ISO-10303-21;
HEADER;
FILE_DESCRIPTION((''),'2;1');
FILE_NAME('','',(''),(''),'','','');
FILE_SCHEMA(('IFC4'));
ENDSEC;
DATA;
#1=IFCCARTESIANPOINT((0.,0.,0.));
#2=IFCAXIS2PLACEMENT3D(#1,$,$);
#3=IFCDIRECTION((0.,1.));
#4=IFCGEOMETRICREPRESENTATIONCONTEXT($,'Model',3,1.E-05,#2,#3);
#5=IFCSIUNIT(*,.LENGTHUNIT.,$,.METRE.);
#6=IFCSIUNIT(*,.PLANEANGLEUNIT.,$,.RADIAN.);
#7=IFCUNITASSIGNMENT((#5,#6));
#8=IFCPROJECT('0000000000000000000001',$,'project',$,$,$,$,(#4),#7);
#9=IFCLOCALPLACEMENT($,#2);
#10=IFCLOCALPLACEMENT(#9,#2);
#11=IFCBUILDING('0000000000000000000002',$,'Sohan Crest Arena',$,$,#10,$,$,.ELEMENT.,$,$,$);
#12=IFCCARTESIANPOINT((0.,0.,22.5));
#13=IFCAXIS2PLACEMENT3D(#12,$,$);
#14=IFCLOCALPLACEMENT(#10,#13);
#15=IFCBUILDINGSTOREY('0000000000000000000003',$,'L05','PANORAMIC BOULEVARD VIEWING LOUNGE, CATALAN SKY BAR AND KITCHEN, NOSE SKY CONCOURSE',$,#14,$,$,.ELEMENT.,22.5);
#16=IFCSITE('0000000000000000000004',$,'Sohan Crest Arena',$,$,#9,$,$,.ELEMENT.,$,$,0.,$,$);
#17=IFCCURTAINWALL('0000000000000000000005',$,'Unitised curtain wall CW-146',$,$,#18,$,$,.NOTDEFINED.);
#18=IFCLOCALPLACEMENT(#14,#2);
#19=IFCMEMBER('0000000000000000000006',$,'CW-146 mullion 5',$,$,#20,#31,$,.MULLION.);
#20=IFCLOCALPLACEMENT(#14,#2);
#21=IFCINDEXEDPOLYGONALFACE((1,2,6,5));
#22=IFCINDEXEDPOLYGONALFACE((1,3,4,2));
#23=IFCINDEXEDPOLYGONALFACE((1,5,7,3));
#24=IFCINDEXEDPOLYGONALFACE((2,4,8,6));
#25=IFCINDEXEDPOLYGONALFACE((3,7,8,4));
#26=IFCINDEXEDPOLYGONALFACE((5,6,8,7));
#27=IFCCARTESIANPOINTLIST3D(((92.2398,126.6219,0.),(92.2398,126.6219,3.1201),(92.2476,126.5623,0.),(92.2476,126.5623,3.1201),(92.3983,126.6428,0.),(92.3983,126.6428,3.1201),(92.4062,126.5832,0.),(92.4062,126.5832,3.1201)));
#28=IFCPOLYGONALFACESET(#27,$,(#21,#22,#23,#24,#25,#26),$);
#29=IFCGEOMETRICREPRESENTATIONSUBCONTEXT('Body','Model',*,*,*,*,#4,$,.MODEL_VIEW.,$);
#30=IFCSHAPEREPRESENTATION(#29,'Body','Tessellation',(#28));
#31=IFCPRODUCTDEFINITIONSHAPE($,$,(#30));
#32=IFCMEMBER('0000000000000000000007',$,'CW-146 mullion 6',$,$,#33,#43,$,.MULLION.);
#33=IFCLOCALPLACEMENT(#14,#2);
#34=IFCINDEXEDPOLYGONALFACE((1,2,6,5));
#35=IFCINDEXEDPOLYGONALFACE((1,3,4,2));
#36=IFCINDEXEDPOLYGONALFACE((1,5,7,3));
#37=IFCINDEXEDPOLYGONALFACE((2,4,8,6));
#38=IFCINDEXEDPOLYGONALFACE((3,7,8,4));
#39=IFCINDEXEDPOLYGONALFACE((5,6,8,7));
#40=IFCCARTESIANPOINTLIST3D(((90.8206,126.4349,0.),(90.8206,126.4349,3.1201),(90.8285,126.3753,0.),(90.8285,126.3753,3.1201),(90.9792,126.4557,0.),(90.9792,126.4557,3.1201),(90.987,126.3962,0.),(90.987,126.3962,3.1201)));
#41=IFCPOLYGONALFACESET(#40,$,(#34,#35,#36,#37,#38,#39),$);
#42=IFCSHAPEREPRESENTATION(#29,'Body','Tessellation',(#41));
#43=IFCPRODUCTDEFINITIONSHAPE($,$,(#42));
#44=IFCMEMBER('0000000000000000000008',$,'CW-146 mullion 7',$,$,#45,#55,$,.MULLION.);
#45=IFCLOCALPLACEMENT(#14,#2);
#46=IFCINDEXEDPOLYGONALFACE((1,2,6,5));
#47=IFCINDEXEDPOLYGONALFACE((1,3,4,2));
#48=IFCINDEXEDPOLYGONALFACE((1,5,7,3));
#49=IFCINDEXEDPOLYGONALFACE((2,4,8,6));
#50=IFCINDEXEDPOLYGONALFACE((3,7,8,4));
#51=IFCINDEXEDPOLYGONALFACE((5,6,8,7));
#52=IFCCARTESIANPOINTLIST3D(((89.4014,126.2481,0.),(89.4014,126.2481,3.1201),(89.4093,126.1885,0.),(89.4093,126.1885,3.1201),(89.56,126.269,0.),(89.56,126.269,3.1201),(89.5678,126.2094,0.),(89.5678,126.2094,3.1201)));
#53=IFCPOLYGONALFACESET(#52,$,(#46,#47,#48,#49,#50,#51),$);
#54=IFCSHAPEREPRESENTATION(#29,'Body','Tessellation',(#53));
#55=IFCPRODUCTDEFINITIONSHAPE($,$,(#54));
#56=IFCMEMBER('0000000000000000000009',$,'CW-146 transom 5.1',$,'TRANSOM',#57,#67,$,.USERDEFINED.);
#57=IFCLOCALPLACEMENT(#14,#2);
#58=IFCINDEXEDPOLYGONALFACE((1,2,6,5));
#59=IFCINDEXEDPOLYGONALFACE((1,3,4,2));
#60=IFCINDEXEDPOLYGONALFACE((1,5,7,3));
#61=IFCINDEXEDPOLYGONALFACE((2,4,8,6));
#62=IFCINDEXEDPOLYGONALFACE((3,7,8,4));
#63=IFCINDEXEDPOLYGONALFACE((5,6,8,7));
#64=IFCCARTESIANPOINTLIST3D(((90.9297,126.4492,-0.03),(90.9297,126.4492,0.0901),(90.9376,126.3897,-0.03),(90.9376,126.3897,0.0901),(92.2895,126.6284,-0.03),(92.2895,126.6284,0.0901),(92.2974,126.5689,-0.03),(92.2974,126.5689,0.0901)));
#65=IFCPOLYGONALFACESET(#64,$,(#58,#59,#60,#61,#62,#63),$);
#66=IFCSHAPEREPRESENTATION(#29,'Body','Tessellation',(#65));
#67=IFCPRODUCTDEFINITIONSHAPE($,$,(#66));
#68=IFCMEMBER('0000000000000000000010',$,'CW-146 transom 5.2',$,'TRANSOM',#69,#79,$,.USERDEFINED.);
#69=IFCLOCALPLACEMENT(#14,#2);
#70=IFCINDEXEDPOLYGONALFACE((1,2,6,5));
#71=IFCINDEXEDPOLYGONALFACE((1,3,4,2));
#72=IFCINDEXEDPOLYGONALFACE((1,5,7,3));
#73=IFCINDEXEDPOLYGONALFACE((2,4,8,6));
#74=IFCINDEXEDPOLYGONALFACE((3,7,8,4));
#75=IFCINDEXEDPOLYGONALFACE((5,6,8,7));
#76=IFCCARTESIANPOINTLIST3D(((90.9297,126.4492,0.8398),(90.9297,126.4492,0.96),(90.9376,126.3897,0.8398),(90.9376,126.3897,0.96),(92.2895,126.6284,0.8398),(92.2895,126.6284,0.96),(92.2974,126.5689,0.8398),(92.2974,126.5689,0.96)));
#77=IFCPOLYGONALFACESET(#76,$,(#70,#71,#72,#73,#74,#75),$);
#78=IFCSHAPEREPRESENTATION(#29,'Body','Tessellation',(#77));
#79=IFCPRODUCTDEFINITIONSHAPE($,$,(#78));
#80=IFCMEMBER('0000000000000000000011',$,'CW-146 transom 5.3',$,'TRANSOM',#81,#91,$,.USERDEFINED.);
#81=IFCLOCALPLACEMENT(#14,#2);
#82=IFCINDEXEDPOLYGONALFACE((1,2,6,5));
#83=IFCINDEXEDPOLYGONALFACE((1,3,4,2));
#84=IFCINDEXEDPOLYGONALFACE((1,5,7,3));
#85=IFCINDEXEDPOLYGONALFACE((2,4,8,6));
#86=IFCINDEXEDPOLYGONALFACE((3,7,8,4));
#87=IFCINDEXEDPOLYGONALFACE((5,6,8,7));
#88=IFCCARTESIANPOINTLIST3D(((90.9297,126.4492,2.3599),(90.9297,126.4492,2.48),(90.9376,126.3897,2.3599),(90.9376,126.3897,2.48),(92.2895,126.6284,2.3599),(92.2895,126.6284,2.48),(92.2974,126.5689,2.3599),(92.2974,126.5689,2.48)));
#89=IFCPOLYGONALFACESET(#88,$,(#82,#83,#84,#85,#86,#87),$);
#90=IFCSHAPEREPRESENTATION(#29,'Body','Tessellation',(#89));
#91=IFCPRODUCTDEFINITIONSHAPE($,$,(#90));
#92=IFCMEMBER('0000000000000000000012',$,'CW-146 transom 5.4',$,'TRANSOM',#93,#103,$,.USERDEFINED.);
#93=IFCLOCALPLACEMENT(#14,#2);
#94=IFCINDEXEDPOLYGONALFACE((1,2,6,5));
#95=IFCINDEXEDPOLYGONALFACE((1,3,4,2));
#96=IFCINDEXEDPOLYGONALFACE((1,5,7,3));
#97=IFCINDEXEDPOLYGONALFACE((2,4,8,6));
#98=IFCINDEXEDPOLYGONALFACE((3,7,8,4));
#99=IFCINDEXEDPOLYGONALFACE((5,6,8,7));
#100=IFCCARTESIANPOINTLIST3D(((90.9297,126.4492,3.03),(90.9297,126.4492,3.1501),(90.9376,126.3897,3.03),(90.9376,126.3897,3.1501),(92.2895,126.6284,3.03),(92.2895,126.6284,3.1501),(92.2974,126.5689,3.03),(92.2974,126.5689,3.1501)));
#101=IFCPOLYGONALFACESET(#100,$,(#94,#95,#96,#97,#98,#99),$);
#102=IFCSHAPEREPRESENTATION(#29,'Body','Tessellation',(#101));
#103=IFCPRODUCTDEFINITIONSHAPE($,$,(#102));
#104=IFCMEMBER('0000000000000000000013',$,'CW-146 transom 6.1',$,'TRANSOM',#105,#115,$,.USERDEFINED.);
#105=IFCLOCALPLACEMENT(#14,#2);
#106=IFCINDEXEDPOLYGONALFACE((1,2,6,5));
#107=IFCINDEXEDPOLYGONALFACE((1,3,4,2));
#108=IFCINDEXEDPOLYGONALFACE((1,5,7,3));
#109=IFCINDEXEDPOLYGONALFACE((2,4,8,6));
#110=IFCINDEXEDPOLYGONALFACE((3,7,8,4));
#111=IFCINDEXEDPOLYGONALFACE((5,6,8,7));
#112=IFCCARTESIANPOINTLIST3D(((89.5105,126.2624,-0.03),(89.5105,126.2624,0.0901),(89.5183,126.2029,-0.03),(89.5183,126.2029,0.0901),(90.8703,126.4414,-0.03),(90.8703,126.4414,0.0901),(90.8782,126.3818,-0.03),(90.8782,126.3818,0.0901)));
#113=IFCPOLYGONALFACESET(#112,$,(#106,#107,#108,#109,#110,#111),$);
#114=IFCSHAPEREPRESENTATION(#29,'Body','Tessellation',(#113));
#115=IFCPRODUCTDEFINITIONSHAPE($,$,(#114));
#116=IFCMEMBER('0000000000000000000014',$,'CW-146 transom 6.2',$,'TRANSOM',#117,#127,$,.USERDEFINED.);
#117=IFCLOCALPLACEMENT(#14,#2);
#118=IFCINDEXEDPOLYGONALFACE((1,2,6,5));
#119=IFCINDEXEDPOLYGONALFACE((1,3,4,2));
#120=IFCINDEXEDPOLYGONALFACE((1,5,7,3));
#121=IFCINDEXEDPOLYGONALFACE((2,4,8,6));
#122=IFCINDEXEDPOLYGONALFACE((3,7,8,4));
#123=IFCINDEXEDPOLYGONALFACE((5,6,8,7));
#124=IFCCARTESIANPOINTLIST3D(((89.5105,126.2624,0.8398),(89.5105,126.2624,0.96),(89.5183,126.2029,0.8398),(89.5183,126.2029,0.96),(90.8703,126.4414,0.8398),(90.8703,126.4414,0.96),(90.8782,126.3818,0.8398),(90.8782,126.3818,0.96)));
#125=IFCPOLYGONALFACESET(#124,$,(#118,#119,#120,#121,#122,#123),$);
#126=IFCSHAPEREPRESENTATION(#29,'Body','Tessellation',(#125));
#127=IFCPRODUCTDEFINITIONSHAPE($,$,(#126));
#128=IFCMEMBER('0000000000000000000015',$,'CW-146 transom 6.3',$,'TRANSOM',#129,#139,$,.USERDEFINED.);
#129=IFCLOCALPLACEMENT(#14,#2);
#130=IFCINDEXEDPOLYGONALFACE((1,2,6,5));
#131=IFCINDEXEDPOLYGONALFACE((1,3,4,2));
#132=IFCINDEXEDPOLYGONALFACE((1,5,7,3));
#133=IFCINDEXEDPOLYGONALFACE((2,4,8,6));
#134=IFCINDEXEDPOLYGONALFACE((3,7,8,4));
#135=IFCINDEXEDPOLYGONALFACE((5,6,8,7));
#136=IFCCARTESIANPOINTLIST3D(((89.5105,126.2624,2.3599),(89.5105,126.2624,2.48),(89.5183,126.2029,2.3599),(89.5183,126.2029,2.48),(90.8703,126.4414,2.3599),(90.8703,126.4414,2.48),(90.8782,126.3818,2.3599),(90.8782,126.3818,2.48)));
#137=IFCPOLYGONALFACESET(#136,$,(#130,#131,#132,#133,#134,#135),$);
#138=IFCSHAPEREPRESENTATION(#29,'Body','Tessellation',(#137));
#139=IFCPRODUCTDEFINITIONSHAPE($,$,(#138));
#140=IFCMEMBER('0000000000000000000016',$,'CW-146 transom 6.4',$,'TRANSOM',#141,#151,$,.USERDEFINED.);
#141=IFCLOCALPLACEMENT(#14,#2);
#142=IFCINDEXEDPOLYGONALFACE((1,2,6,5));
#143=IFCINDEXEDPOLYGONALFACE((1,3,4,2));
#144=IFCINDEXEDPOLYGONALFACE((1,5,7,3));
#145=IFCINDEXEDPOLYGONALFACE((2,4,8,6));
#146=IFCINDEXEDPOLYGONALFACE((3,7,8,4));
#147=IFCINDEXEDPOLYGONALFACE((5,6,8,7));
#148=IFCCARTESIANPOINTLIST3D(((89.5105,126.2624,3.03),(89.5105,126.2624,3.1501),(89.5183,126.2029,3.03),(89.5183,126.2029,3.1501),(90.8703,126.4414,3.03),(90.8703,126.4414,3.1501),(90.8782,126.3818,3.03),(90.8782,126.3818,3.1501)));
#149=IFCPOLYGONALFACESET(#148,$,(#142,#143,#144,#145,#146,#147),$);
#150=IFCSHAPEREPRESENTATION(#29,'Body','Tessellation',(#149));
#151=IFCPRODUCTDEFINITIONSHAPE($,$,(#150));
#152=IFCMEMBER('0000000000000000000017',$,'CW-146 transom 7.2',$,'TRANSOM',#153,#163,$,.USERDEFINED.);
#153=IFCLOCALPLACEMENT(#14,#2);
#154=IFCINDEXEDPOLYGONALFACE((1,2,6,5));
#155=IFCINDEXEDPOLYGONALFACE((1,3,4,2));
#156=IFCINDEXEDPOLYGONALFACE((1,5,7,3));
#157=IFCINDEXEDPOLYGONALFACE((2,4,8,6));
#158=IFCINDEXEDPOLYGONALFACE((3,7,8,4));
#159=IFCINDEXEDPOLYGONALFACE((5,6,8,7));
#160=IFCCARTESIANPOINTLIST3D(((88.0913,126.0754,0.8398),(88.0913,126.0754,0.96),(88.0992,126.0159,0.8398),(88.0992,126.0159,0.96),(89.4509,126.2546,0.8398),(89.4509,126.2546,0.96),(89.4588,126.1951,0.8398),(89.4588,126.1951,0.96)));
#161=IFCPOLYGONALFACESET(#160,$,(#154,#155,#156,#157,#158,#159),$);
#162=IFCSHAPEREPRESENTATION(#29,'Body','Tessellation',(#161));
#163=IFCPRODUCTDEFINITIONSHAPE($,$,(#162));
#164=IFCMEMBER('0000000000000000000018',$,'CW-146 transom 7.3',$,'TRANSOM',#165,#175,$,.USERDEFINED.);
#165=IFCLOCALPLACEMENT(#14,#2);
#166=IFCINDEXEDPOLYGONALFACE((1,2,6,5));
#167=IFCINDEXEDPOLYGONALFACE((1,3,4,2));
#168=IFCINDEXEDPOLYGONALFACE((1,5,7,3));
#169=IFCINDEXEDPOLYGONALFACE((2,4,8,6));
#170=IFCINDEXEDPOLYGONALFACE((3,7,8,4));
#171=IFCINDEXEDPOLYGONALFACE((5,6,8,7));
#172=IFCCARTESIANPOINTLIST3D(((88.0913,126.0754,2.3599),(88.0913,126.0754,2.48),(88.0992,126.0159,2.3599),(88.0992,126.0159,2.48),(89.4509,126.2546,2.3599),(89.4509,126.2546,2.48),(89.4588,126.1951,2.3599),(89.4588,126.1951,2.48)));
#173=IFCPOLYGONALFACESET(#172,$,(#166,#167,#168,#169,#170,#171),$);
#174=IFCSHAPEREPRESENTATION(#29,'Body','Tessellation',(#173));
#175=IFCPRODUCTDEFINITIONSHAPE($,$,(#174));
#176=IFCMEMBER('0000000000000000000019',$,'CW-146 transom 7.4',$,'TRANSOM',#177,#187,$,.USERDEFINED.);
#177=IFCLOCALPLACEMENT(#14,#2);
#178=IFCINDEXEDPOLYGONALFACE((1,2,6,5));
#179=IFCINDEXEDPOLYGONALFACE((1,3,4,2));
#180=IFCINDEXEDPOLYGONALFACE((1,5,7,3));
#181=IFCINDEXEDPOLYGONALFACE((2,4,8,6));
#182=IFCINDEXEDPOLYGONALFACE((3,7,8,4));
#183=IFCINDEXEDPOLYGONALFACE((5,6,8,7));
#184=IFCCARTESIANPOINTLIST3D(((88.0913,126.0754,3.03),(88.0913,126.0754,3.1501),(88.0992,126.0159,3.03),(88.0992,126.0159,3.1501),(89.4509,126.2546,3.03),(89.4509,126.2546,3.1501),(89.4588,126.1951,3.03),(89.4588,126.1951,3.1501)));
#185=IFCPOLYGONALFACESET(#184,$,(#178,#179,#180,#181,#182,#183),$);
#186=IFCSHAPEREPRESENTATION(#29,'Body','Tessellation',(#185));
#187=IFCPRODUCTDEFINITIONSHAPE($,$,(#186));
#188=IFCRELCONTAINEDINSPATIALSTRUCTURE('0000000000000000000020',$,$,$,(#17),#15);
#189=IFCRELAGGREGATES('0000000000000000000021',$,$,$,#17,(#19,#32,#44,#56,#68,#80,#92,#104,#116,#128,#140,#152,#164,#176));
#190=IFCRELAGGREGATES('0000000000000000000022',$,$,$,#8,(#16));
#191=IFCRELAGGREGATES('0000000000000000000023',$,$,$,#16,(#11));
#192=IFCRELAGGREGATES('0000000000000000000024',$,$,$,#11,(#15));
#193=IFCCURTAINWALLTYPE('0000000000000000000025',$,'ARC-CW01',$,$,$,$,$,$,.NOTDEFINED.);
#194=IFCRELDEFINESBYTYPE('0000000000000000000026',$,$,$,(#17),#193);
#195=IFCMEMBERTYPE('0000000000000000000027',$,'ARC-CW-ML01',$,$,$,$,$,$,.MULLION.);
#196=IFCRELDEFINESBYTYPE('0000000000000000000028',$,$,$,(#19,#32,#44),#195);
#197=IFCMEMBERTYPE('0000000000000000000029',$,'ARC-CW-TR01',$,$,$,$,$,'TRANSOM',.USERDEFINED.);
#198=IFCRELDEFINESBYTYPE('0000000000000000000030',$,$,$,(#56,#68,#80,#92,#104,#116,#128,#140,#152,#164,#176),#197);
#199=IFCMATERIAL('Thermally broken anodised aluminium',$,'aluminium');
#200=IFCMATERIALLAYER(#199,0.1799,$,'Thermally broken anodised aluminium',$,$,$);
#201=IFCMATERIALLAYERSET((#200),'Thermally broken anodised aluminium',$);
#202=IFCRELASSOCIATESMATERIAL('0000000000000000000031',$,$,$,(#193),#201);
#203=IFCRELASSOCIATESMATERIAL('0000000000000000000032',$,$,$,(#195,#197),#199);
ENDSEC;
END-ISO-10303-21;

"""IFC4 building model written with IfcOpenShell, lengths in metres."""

from ifc_helpers import new_model, si_unit, direction, frame, origin, origin_2d, place, context, subcontext, project, spatial, rectangle, extrude, material, layer, layer_set, material_profile, profile_set, type_object, element, aggregate, save


model = new_model("IFC4")

# Units and contexts
model_context = context("Model", 3, precision=1e-05, world=origin(), true_north=direction((0.0, 1.0)))
body_context = subcontext(model_context, "Body", "Model", "MODEL_VIEW")
ifc_project = project(units=[si_unit("LENGTHUNIT", "METRE"), si_unit("PLANEANGLEUNIT", "RADIAN")], contexts=[model_context])

# Site, building, storey
site_placement = place(None, origin())
site = spatial("IfcSite", under=ifc_project, at=site_placement, Name="Sohan Crest Arena", CompositionType="ELEMENT", RefElevation=0.0)
building_placement = place(site_placement, origin())
building = spatial("IfcBuilding", under=site, at=building_placement, Name="Sohan Crest Arena", CompositionType="ELEMENT")
storey_placement = place(building_placement, frame((0.0, 0.0, 22.5)))
storey = spatial("IfcBuildingStorey", under=building, at=storey_placement, Name="L05", Description="PANORAMIC BOULEVARD VIEWING LOUNGE, CATALAN SKY BAR AND KITCHEN, NOSE SKY CONCOURSE", CompositionType="ELEMENT", Elevation=22.5)

# Curtain wall, members
ifc_material_1 = material(Name="Thermally broken anodised aluminium", Category="aluminium")
ifc_layer_1 = layer(ifc_material_1, 0.1799, Name="Thermally broken anodised aluminium")
ifc_layer_set_1 = layer_set([ifc_layer_1], Name="Thermally broken anodised aluminium")
curtain_wall_type = type_object("IfcCurtainWallType", Name="ARC-CW01", PredefinedType="NOTDEFINED", material=ifc_layer_set_1)
curtain_wall_placement = place(storey_placement, origin())
curtain_wall = element("IfcCurtainWall", 1, at=curtain_wall_placement, inside=storey, type_object=curtain_wall_type, Name="Unitised curtain wall CW-146", PredefinedType="NOTDEFINED")
ifc_material_profile_1 = material_profile(ifc_material_1, rectangle(XDim=0.0601, YDim=0.1599, at=origin_2d()), Name="ALU-MULL 60x160")
ifc_profile_set_1 = profile_set([ifc_material_profile_1], Name="Thermally broken anodised aluminium")
member_type_1 = type_object("IfcMemberType", Name="ARC-CW-ML01", PredefinedType="MULLION", material=ifc_profile_set_1)
member_1_placement = place(storey_placement, frame((92.323, 126.6025, 0.0), z_axis=(0.0, 0.0, 1.0), x_axis=(0.130557, -0.991441, 0.0)))
member_1 = element("IfcMember", 2, at=member_1_placement, type_object=member_type_1, Name="CW-146 mullion 5", PredefinedType="MULLION", context=body_context, shape_type="SweptSolid", body=[
    extrude(rectangle(XDim=0.0601, YDim=0.1599, at=origin_2d()), origin(), (0.0, 0.0, 1.0), 3.1201),
])
member_2_placement = place(storey_placement, frame((90.9038, 126.4155, 0.0), z_axis=(0.0, 0.0, 1.0), x_axis=(0.130557, -0.991441, 0.0)))
member_2 = element("IfcMember", 3, at=member_2_placement, type_object=member_type_1, Name="CW-146 mullion 6", PredefinedType="MULLION", context=body_context, shape_type="SweptSolid", body=[
    extrude(rectangle(XDim=0.0601, YDim=0.1599, at=origin_2d()), origin(), (0.0, 0.0, 1.0), 3.1201),
])
member_3_placement = place(storey_placement, frame((89.4846, 126.2288, 0.0), z_axis=(0.0, 0.0, 1.0), x_axis=(0.130557, -0.991441, 0.0)))
member_3 = element("IfcMember", 4, at=member_3_placement, type_object=member_type_1, Name="CW-146 mullion 7", PredefinedType="MULLION", context=body_context, shape_type="SweptSolid", body=[
    extrude(rectangle(XDim=0.0601, YDim=0.1599, at=origin_2d()), origin(), (0.0, 0.0, 1.0), 3.1201),
])
ifc_material_profile_2 = material_profile(ifc_material_1, rectangle(XDim=0.0601, YDim=0.1201, at=origin_2d()), Name="ALU-TRAN 60x120")
ifc_profile_set_2 = profile_set([ifc_material_profile_2], Name="Thermally broken anodised aluminium")
member_type_2 = type_object("IfcMemberType", Name="ARC-CW-TR01", ElementType="TRANSOM", PredefinedType="USERDEFINED", material=ifc_profile_set_2)
member_4_placement = place(storey_placement, frame((92.2935, 126.5986, 0.03), z_axis=(-0.991429, -0.130648, 0.0), x_axis=(0.130648, -0.991429, 0.0)))
member_4 = element("IfcMember", 5, at=member_4_placement, type_object=member_type_2, Name="CW-146 transom 5.1", ObjectType="TRANSOM", PredefinedType="USERDEFINED", context=body_context, shape_type="SweptSolid", body=[
    extrude(rectangle(XDim=0.0601, YDim=0.1201, at=origin_2d()), origin(), (0.0, 0.0, 1.0), 1.3716),
])
member_5_placement = place(storey_placement, frame((92.2935, 126.5986, 0.8999), z_axis=(-0.991429, -0.130648, 0.0), x_axis=(0.130648, -0.991429, 0.0)))
member_5 = element("IfcMember", 6, at=member_5_placement, type_object=member_type_2, Name="CW-146 transom 5.2", ObjectType="TRANSOM", PredefinedType="USERDEFINED", context=body_context, shape_type="SweptSolid", body=[
    extrude(rectangle(XDim=0.0601, YDim=0.1201, at=origin_2d()), origin(), (0.0, 0.0, 1.0), 1.3716),
])
member_6_placement = place(storey_placement, frame((92.2935, 126.5986, 2.4199), z_axis=(-0.991429, -0.130648, 0.0), x_axis=(0.130648, -0.991429, 0.0)))
member_6 = element("IfcMember", 7, at=member_6_placement, type_object=member_type_2, Name="CW-146 transom 5.3", ObjectType="TRANSOM", PredefinedType="USERDEFINED", context=body_context, shape_type="SweptSolid", body=[
    extrude(rectangle(XDim=0.0601, YDim=0.1201, at=origin_2d()), origin(), (0.0, 0.0, 1.0), 1.3716),
])
member_7_placement = place(storey_placement, frame((92.2935, 126.5986, 3.0901), z_axis=(-0.991429, -0.130648, 0.0), x_axis=(0.130648, -0.991429, 0.0)))
member_7 = element("IfcMember", 8, at=member_7_placement, type_object=member_type_2, Name="CW-146 transom 5.4", ObjectType="TRANSOM", PredefinedType="USERDEFINED", context=body_context, shape_type="SweptSolid", body=[
    extrude(rectangle(XDim=0.0601, YDim=0.1201, at=origin_2d()), origin(), (0.0, 0.0, 1.0), 1.3716),
])
member_8_placement = place(storey_placement, frame((90.8743, 126.4116, 0.03), z_axis=(-0.991452, -0.130473, 0.0), x_axis=(0.130473, -0.991452, 0.0)))
member_8 = element("IfcMember", 9, at=member_8_placement, type_object=member_type_2, Name="CW-146 transom 6.1", ObjectType="TRANSOM", PredefinedType="USERDEFINED", context=body_context, shape_type="SweptSolid", body=[
    extrude(rectangle(XDim=0.0601, YDim=0.1201, at=origin_2d()), origin(), (0.0, 0.0, 1.0), 1.3716),
])
member_9_placement = place(storey_placement, frame((90.8743, 126.4116, 0.8999), z_axis=(-0.991452, -0.130473, 0.0), x_axis=(0.130473, -0.991452, 0.0)))
member_9 = element("IfcMember", 10, at=member_9_placement, type_object=member_type_2, Name="CW-146 transom 6.2", ObjectType="TRANSOM", PredefinedType="USERDEFINED", context=body_context, shape_type="SweptSolid", body=[
    extrude(rectangle(XDim=0.0601, YDim=0.1201, at=origin_2d()), origin(), (0.0, 0.0, 1.0), 1.3716),
])
member_10_placement = place(storey_placement, frame((90.8743, 126.4116, 2.4199), z_axis=(-0.991452, -0.130473, 0.0), x_axis=(0.130473, -0.991452, 0.0)))
member_10 = element("IfcMember", 11, at=member_10_placement, type_object=member_type_2, Name="CW-146 transom 6.3", ObjectType="TRANSOM", PredefinedType="USERDEFINED", context=body_context, shape_type="SweptSolid", body=[
    extrude(rectangle(XDim=0.0601, YDim=0.1201, at=origin_2d()), origin(), (0.0, 0.0, 1.0), 1.3716),
])
member_11_placement = place(storey_placement, frame((90.8743, 126.4116, 3.0901), z_axis=(-0.991452, -0.130473, 0.0), x_axis=(0.130473, -0.991452, 0.0)))
member_11 = element("IfcMember", 12, at=member_11_placement, type_object=member_type_2, Name="CW-146 transom 6.4", ObjectType="TRANSOM", PredefinedType="USERDEFINED", context=body_context, shape_type="SweptSolid", body=[
    extrude(rectangle(XDim=0.0601, YDim=0.1201, at=origin_2d()), origin(), (0.0, 0.0, 1.0), 1.3716),
])
member_12_placement = place(storey_placement, frame((89.4548, 126.2249, 0.8999), z_axis=(-0.991426, -0.130671, 0.0), x_axis=(0.130671, -0.991426, 0.0)))
member_12 = element("IfcMember", 13, at=member_12_placement, type_object=member_type_2, Name="CW-146 transom 7.2", ObjectType="TRANSOM", PredefinedType="USERDEFINED", context=body_context, shape_type="SweptSolid", body=[
    extrude(rectangle(XDim=0.0601, YDim=0.1201, at=origin_2d()), origin(), (0.0, 0.0, 1.0), 1.3713),
])
member_13_placement = place(storey_placement, frame((89.4548, 126.2249, 2.4199), z_axis=(-0.991426, -0.130671, 0.0), x_axis=(0.130671, -0.991426, 0.0)))
member_13 = element("IfcMember", 14, at=member_13_placement, type_object=member_type_2, Name="CW-146 transom 7.3", ObjectType="TRANSOM", PredefinedType="USERDEFINED", context=body_context, shape_type="SweptSolid", body=[
    extrude(rectangle(XDim=0.0601, YDim=0.1201, at=origin_2d()), origin(), (0.0, 0.0, 1.0), 1.3713),
])
member_14_placement = place(storey_placement, frame((89.4548, 126.2249, 3.0901), z_axis=(-0.991426, -0.130671, 0.0), x_axis=(0.130671, -0.991426, 0.0)))
member_14 = element("IfcMember", 15, at=member_14_placement, type_object=member_type_2, Name="CW-146 transom 7.4", ObjectType="TRANSOM", PredefinedType="USERDEFINED", context=body_context, shape_type="SweptSolid", body=[
    extrude(rectangle(XDim=0.0601, YDim=0.1201, at=origin_2d()), origin(), (0.0, 0.0, 1.0), 1.3713),
])
aggregate(curtain_wall, [member_1, member_2, member_3, member_4, member_5, member_6, member_7, member_8, member_9, member_10, member_11, member_12, member_13, member_14])

save(model, "model.ifc")
